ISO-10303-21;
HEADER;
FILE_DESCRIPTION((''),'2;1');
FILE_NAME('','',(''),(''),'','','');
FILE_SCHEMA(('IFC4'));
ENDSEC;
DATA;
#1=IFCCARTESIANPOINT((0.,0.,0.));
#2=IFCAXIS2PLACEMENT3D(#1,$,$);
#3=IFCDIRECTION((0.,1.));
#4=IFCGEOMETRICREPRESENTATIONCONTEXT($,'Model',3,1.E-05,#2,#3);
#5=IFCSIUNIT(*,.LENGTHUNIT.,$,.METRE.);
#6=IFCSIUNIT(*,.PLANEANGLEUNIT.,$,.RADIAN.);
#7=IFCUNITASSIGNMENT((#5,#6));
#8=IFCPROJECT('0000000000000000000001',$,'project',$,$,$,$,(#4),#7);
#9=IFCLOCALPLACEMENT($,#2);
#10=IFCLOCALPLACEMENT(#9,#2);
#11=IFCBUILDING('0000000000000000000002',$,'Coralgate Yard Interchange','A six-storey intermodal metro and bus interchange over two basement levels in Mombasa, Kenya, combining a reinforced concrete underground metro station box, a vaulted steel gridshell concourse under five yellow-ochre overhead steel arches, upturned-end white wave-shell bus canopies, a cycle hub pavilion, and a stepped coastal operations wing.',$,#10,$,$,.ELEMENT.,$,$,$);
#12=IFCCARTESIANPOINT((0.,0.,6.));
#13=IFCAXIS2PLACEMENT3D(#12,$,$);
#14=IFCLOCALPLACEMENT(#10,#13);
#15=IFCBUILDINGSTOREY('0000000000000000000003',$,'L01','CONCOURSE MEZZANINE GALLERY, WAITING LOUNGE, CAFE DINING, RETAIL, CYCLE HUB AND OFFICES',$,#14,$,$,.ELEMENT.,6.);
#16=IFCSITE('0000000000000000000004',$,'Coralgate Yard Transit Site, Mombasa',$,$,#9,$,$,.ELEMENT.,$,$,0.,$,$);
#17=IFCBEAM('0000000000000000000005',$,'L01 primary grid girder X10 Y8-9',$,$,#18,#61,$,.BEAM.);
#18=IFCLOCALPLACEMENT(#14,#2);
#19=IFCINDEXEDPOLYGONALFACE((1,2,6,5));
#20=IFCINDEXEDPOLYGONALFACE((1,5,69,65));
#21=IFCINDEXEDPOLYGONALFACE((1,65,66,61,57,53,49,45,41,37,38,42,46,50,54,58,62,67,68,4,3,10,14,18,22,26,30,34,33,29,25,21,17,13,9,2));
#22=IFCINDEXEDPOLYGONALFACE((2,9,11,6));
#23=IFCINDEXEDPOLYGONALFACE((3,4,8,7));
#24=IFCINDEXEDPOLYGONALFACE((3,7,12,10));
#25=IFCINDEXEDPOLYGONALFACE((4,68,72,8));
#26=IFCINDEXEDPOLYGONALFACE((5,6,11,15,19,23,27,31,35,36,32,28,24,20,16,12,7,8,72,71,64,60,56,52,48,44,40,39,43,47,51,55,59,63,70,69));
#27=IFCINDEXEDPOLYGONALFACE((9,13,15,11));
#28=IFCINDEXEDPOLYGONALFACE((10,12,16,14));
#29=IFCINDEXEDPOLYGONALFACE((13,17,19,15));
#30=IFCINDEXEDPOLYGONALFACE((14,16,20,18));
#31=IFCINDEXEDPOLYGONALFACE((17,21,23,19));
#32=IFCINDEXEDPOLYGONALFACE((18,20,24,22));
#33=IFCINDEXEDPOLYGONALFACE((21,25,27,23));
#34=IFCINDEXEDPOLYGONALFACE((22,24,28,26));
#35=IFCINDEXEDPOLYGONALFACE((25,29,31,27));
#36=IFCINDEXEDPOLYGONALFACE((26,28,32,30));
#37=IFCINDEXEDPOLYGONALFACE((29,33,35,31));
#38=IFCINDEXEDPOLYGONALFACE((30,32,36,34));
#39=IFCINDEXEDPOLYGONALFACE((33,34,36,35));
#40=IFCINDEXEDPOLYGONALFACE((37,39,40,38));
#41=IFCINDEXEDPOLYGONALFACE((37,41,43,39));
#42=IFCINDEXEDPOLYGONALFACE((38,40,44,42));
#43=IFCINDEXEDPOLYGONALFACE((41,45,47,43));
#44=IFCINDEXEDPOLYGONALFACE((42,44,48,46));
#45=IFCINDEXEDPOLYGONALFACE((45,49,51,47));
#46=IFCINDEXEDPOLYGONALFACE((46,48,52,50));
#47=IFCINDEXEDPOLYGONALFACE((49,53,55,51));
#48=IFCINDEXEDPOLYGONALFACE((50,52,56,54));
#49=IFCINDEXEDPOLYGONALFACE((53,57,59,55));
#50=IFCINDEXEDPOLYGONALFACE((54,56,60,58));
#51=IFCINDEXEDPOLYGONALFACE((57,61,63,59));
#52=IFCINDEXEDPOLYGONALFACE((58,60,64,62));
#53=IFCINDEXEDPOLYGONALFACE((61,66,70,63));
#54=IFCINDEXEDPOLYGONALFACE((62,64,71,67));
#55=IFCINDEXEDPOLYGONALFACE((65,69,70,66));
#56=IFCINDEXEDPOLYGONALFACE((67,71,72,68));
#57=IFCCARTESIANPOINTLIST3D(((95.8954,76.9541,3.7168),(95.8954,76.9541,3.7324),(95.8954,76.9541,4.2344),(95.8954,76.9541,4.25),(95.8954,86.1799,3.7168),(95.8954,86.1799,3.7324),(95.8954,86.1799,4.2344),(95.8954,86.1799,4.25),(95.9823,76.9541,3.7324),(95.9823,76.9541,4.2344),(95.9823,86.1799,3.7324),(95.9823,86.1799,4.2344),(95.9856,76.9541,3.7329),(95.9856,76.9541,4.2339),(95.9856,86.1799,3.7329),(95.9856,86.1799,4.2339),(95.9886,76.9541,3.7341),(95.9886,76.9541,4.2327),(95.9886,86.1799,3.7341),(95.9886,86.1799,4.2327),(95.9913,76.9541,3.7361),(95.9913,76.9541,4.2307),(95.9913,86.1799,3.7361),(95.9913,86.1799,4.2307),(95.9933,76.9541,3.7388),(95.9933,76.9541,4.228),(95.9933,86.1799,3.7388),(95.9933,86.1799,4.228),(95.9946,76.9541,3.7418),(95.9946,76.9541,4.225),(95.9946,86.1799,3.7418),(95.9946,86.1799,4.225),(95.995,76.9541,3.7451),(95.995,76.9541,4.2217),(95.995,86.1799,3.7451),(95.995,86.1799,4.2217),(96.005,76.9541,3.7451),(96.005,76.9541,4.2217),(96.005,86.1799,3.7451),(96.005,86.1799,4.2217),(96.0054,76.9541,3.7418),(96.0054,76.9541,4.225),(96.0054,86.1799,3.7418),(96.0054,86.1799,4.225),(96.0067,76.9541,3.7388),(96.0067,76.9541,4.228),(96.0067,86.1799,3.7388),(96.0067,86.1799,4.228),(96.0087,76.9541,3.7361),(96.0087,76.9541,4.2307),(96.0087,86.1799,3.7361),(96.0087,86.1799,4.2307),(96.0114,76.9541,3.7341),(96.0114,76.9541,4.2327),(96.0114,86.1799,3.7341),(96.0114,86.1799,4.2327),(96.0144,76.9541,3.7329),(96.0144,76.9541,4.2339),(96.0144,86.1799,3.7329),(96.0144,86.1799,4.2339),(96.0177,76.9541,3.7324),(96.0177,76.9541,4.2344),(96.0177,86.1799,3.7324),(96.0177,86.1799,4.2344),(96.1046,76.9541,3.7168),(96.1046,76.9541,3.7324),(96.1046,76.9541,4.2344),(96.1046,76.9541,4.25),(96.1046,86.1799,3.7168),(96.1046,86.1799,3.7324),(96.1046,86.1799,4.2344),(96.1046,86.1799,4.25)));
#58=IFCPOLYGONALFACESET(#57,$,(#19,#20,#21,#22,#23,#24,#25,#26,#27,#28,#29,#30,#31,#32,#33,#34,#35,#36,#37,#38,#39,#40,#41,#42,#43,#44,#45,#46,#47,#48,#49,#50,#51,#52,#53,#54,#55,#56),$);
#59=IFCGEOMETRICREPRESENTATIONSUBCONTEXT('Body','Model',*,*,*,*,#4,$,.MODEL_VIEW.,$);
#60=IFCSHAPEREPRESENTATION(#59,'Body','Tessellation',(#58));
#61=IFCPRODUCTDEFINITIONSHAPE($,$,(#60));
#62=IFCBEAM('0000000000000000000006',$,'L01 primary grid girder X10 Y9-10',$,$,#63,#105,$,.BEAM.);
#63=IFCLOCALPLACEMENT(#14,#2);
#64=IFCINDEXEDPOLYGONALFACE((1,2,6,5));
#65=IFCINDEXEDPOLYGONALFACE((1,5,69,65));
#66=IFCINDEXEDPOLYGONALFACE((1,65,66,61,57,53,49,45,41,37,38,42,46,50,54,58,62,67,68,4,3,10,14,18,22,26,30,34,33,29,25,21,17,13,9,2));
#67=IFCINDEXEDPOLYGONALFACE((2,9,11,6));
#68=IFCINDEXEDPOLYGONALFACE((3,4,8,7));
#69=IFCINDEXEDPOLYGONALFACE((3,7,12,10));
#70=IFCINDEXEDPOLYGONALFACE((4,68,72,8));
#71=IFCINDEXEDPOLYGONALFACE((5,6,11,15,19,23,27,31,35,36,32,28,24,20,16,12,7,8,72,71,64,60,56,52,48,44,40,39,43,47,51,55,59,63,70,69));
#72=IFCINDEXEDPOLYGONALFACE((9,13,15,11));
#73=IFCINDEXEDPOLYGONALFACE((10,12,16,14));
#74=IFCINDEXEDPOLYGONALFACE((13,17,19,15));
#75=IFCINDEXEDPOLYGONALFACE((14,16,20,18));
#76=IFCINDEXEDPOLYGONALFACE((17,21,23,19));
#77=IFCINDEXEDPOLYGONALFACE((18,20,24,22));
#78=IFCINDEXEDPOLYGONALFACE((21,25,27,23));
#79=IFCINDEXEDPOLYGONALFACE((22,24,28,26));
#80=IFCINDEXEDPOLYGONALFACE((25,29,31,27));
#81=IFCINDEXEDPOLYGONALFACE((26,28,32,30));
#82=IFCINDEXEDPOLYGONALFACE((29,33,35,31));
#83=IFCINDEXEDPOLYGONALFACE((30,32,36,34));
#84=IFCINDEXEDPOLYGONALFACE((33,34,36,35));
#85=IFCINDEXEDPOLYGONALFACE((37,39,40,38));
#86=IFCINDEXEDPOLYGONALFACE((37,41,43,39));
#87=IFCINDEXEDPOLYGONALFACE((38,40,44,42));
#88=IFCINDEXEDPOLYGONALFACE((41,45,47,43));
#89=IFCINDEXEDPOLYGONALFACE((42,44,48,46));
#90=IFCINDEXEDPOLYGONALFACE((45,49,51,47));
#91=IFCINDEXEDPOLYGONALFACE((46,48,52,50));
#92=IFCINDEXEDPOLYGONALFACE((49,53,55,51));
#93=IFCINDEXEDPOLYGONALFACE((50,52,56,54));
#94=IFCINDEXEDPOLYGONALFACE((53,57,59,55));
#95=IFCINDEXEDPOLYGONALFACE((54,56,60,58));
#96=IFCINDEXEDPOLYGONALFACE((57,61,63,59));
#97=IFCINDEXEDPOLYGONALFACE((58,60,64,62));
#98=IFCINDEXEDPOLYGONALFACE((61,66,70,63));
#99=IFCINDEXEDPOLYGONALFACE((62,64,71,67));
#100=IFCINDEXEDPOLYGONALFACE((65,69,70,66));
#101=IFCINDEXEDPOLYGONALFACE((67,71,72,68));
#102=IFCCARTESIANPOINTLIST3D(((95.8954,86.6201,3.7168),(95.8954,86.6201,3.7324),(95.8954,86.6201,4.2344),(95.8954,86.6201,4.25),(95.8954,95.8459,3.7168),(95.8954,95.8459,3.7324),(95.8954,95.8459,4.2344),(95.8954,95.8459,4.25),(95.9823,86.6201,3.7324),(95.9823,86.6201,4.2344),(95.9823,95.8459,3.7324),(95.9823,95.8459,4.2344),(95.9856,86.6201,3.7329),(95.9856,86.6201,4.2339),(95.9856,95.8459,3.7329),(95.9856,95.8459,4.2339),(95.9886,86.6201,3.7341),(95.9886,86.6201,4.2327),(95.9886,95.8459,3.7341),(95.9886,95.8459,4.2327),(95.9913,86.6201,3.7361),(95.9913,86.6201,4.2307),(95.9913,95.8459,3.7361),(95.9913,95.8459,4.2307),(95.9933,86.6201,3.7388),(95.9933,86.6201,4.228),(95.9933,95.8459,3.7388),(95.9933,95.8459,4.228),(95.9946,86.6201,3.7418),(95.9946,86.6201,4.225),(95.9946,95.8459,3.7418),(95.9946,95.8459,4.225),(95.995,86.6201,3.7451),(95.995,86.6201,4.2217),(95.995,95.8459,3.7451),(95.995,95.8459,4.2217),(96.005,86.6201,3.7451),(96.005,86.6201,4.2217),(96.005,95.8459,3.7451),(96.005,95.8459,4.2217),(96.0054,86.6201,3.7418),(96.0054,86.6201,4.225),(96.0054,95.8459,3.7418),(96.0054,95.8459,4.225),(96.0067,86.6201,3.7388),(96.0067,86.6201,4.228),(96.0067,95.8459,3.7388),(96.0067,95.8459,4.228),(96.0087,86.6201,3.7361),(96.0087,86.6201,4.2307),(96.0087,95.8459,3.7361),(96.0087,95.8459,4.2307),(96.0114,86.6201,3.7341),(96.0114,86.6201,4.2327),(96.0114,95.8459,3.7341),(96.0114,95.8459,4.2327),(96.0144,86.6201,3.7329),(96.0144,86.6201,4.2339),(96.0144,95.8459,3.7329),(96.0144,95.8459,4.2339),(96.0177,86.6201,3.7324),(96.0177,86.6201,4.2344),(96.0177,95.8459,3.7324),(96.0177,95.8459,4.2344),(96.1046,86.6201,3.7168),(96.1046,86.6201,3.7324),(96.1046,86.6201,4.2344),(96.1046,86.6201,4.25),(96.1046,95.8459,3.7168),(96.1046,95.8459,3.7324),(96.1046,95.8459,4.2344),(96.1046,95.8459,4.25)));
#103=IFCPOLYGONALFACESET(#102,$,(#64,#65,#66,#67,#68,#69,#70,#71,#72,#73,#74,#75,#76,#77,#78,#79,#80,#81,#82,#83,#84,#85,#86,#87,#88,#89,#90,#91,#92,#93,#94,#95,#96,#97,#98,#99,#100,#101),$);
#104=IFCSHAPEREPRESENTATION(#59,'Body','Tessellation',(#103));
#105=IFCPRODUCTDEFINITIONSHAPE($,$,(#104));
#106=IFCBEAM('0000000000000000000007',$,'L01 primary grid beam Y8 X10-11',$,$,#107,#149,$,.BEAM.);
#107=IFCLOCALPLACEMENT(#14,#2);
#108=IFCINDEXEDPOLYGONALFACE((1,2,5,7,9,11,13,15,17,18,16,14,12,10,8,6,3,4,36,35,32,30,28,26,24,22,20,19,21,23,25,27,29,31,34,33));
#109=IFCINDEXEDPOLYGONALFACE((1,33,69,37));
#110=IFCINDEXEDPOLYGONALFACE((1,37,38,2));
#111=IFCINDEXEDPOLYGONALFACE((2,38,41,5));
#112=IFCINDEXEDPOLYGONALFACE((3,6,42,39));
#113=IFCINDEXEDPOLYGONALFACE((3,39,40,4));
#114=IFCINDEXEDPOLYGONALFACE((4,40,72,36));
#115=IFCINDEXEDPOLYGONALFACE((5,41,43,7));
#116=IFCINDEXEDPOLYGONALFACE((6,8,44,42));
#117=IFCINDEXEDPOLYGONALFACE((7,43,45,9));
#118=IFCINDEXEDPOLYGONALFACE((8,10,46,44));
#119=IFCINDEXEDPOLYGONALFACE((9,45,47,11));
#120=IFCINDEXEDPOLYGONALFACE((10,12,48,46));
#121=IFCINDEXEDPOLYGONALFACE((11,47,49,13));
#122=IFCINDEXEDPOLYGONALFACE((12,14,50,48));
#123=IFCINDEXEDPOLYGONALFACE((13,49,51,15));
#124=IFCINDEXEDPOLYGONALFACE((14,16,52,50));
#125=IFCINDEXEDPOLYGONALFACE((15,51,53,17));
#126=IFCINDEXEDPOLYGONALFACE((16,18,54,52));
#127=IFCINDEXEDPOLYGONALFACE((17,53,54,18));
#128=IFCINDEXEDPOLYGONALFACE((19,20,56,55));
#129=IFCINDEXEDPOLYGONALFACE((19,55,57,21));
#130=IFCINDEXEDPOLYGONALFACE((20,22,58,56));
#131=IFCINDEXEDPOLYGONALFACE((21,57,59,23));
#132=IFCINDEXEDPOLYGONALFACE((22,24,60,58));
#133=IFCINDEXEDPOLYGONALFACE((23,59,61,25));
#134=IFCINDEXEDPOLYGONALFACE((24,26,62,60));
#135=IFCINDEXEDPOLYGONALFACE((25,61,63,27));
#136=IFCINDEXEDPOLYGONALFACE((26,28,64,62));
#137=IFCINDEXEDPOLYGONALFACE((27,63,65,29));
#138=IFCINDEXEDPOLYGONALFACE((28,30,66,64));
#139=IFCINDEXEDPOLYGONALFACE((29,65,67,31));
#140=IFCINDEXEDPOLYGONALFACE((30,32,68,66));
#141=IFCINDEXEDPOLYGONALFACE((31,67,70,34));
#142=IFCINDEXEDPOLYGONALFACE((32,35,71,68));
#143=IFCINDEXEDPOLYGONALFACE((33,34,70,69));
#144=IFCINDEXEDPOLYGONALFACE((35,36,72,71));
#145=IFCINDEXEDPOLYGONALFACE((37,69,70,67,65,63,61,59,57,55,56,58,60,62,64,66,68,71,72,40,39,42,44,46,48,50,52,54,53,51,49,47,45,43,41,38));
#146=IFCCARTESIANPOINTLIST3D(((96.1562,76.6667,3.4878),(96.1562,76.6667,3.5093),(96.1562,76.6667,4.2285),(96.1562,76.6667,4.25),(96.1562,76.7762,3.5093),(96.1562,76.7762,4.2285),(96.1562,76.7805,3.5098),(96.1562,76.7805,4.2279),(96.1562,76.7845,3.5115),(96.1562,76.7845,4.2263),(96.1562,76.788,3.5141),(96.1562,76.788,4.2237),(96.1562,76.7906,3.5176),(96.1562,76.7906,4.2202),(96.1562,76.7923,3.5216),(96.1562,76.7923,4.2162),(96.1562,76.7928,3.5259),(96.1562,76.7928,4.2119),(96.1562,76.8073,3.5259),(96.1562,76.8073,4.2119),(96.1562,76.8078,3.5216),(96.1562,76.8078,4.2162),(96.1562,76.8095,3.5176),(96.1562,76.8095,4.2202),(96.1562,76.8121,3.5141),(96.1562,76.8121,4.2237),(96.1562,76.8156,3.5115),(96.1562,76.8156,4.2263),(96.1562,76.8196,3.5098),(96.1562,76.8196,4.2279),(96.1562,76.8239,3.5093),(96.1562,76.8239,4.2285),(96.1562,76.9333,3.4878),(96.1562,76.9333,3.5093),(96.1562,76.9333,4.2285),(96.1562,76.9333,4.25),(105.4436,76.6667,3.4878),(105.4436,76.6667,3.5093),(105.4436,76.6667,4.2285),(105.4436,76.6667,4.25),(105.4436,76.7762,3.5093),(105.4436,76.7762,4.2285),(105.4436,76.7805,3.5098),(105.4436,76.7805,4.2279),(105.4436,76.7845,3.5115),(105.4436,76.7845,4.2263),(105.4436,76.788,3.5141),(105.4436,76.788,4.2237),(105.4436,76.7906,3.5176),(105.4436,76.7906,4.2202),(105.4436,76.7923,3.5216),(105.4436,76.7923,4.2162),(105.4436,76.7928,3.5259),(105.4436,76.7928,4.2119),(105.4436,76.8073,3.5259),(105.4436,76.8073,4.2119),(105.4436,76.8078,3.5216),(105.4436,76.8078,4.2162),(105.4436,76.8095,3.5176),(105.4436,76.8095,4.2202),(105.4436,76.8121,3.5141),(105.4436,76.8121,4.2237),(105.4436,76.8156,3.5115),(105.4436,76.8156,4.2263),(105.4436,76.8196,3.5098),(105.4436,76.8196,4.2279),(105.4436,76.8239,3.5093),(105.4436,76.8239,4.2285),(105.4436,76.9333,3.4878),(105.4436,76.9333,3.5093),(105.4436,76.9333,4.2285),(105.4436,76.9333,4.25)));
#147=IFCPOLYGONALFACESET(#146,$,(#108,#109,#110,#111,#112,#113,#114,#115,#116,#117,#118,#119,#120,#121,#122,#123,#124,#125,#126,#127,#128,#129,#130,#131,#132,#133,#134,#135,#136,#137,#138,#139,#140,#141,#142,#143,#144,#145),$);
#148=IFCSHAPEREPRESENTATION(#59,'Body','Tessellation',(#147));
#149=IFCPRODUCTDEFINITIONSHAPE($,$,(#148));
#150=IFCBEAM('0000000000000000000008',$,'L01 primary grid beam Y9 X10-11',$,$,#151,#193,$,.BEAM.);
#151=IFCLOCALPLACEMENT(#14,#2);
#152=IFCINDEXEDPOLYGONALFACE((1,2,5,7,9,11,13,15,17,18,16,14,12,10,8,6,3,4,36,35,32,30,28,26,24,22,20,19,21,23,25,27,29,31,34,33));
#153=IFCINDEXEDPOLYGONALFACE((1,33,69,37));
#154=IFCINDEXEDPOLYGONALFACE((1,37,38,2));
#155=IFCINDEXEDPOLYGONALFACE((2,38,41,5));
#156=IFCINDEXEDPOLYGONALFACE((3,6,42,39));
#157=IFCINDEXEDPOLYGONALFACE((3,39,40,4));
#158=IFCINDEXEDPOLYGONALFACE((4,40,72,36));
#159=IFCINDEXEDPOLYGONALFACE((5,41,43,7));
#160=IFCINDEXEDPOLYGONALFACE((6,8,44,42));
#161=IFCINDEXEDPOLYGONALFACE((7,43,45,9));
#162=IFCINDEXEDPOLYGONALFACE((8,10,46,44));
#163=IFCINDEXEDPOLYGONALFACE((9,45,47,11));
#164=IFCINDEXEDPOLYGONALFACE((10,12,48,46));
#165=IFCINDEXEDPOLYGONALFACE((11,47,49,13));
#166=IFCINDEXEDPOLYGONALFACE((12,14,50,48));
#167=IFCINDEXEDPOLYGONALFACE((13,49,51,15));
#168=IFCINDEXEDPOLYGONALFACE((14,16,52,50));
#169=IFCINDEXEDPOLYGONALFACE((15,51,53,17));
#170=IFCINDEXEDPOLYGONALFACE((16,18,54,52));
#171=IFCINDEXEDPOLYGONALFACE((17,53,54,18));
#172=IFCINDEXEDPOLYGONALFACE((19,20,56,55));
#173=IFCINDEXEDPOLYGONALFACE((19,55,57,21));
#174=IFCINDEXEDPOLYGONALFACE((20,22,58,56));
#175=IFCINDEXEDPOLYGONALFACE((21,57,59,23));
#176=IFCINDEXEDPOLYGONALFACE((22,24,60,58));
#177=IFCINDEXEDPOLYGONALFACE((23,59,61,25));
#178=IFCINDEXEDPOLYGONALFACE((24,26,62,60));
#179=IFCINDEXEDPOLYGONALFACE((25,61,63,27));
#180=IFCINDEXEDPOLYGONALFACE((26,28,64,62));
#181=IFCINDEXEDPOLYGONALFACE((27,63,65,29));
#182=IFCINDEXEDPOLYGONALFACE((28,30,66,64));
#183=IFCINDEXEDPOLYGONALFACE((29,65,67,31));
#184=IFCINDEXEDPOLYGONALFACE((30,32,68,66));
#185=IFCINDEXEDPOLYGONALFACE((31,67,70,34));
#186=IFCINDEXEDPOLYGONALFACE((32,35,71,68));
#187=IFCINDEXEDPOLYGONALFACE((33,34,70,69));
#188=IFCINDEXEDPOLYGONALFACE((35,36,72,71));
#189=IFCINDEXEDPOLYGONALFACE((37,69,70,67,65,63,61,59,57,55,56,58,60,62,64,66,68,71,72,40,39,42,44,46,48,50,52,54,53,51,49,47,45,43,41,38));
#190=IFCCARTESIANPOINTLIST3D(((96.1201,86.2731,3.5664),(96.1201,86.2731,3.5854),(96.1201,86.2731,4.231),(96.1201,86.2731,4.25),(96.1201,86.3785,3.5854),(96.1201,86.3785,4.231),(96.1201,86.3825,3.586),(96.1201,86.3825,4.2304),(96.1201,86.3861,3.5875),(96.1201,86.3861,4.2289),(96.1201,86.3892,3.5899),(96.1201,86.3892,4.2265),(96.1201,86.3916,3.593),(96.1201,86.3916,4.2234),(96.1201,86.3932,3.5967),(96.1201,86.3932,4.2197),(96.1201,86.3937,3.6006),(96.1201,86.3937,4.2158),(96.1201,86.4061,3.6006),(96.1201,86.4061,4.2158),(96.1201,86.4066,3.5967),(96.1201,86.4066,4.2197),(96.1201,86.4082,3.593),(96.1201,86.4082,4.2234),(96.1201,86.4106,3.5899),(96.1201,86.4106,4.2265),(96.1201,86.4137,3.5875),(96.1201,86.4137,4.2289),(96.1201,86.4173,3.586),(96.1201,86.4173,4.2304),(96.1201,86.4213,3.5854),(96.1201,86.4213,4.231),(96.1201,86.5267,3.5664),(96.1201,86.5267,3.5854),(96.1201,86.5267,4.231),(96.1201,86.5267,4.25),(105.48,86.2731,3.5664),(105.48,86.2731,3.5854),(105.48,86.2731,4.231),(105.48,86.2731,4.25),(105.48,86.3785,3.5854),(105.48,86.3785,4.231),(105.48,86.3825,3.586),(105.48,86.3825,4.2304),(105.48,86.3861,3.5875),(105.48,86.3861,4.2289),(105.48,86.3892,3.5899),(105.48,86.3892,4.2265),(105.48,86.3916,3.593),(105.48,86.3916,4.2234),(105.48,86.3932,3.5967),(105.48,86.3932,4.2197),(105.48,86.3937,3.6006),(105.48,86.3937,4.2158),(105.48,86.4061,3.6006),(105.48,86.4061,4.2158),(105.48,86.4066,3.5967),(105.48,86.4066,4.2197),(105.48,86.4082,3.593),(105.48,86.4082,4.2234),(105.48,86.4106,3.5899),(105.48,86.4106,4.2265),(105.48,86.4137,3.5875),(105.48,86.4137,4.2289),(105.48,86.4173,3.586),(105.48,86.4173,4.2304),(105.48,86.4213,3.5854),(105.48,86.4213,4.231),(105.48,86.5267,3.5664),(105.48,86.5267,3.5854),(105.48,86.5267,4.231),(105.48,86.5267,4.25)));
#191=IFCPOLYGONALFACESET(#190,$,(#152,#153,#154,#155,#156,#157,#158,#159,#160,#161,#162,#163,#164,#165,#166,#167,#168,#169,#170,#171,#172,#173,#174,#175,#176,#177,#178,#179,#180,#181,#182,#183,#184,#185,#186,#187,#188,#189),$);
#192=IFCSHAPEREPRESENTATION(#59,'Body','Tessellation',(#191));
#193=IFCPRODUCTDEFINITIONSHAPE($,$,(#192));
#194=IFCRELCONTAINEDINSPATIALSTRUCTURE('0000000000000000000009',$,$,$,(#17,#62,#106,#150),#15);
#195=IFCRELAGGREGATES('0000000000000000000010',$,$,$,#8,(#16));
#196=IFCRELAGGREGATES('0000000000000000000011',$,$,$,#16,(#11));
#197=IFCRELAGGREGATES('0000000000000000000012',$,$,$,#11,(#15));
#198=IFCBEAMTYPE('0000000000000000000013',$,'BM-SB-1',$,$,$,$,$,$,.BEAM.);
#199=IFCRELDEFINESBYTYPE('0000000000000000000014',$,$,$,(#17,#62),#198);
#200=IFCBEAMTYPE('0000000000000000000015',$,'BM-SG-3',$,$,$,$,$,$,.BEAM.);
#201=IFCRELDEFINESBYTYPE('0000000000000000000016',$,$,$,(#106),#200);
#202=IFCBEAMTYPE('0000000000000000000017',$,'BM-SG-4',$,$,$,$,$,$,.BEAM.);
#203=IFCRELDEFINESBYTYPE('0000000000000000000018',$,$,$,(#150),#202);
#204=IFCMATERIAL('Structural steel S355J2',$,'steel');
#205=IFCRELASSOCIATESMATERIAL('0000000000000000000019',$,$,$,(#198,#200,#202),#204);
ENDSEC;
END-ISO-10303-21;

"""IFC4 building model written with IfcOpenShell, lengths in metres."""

from ifc_helpers import new_model, si_unit, direction, frame, origin, origin_2d, place, context, subcontext, project, spatial, i_section, extrude, material, material_profile, profile_set, type_object, element, save


model = new_model("IFC4")

# Units and contexts
model_context = context("Model", 3, precision=1e-05, world=origin(), true_north=direction((0.0, 1.0)))
body_context = subcontext(model_context, "Body", "Model", "MODEL_VIEW")
ifc_project = project(units=[si_unit("LENGTHUNIT", "METRE"), si_unit("PLANEANGLEUNIT", "RADIAN")], contexts=[model_context])

# Site, building, storey
site_placement = place(None, origin())
site = spatial("IfcSite", under=ifc_project, at=site_placement, Name="Coralgate Yard Transit Site, Mombasa", CompositionType="ELEMENT", RefElevation=0.0)
building_placement = place(site_placement, origin())
building = spatial("IfcBuilding", under=site, at=building_placement, Name="Coralgate Yard Interchange", Description="A six-storey intermodal metro and bus interchange over two basement levels in Mombasa, Kenya, combining a reinforced concrete underground metro station box, a vaulted steel gridshell concourse under five yellow-ochre overhead steel arches, upturned-end white wave-shell bus canopies, a cycle hub pavilion, and a stepped coastal operations wing.", CompositionType="ELEMENT")
storey_placement = place(building_placement, frame((0.0, 0.0, 6.0)))
storey = spatial("IfcBuildingStorey", under=building, at=storey_placement, Name="L01", Description="CONCOURSE MEZZANINE GALLERY, WAITING LOUNGE, CAFE DINING, RETAIL, CYCLE HUB AND OFFICES", CompositionType="ELEMENT", Elevation=6.0)

# Shared definitions
ifc_material_1 = material(Name="Structural steel S355J2", Category="steel")

# Beams
ifc_material_profile_1 = material_profile(ifc_material_1, i_section(OverallWidth=0.2092, OverallDepth=0.5332, WebThickness=0.01, FlangeThickness=0.0156, FilletRadius=0.0127, at=origin_2d()), Name="UB 533x210x92")
ifc_profile_set_1 = profile_set([ifc_material_profile_1], Name="Structural steel S355J2")
beam_type_1 = type_object("IfcBeamType", Name="BM-SB-1", PredefinedType="BEAM", material=ifc_profile_set_1)
for number, where, z_axis, x_axis, name in (
    (1, (96.0, 76.9541, 3.9834), (0.0, 1.0, 0.0), (-1.0, 0.0, 0.0), "L01 primary grid girder X10 Y8-9"),
    (2, (96.0, 86.6201, 3.9834), (0.0, 1.0, 0.0), (-1.0, 0.0, 0.0), "L01 primary grid girder X10 Y9-10"),
):
    element("IfcBeam", number, at=place(storey_placement, frame(where, z_axis=z_axis, x_axis=x_axis)), inside=storey, type_object=beam_type_1, Name=name, PredefinedType="BEAM", context=body_context, shape_type="SweptSolid", body=[
        extrude(i_section(OverallWidth=0.2092, OverallDepth=0.5332, WebThickness=0.01, FlangeThickness=0.0156, FilletRadius=0.0127, at=origin_2d()), origin(), (0.0, 0.0, 1.0), 9.2258),
    ])
ifc_material_profile_2 = material_profile(ifc_material_1, i_section(OverallWidth=0.2666, OverallDepth=0.7622, WebThickness=0.0144, FlangeThickness=0.0215, FilletRadius=0.0166, at=origin_2d()), Name="UB 762x267x173")
ifc_profile_set_2 = profile_set([ifc_material_profile_2], Name="Structural steel S355J2")
beam_type_2 = type_object("IfcBeamType", Name="BM-SG-3", PredefinedType="BEAM", material=ifc_profile_set_2)
beam_1_placement = place(storey_placement, frame((96.1562, 76.8, 3.8689), z_axis=(1.0, 0.0, 0.0), x_axis=(0.0, 1.0, 0.0)))
element("IfcBeam", 3, at=beam_1_placement, inside=storey, type_object=beam_type_2, Name="L01 primary grid beam Y8 X10-11", PredefinedType="BEAM", context=body_context, shape_type="SweptSolid", body=[
    extrude(i_section(OverallWidth=0.2666, OverallDepth=0.7622, WebThickness=0.0144, FlangeThickness=0.0215, FilletRadius=0.0166, at=origin_2d()), origin(), (0.0, 0.0, 1.0), 9.2874),
])
ifc_material_profile_3 = material_profile(ifc_material_1, i_section(OverallWidth=0.2537, OverallDepth=0.6836, WebThickness=0.0125, FlangeThickness=0.019, FilletRadius=0.0151, at=origin_2d()), Name="UB 686x254x140")
ifc_profile_set_3 = profile_set([ifc_material_profile_3], Name="Structural steel S355J2")
beam_type_3 = type_object("IfcBeamType", Name="BM-SG-4", PredefinedType="BEAM", material=ifc_profile_set_3)
beam_2_placement = place(storey_placement, frame((96.1201, 86.3999, 3.9082), z_axis=(1.0, 0.0, 0.0), x_axis=(0.0, 1.0, 0.0)))
element("IfcBeam", 4, at=beam_2_placement, inside=storey, type_object=beam_type_3, Name="L01 primary grid beam Y9 X10-11", PredefinedType="BEAM", context=body_context, shape_type="SweptSolid", body=[
    extrude(i_section(OverallWidth=0.2537, OverallDepth=0.6836, WebThickness=0.0125, FlangeThickness=0.019, FilletRadius=0.0151, at=origin_2d()), origin(), (0.0, 0.0, 1.0), 9.3599),
])

save(model, "model.ifc")
